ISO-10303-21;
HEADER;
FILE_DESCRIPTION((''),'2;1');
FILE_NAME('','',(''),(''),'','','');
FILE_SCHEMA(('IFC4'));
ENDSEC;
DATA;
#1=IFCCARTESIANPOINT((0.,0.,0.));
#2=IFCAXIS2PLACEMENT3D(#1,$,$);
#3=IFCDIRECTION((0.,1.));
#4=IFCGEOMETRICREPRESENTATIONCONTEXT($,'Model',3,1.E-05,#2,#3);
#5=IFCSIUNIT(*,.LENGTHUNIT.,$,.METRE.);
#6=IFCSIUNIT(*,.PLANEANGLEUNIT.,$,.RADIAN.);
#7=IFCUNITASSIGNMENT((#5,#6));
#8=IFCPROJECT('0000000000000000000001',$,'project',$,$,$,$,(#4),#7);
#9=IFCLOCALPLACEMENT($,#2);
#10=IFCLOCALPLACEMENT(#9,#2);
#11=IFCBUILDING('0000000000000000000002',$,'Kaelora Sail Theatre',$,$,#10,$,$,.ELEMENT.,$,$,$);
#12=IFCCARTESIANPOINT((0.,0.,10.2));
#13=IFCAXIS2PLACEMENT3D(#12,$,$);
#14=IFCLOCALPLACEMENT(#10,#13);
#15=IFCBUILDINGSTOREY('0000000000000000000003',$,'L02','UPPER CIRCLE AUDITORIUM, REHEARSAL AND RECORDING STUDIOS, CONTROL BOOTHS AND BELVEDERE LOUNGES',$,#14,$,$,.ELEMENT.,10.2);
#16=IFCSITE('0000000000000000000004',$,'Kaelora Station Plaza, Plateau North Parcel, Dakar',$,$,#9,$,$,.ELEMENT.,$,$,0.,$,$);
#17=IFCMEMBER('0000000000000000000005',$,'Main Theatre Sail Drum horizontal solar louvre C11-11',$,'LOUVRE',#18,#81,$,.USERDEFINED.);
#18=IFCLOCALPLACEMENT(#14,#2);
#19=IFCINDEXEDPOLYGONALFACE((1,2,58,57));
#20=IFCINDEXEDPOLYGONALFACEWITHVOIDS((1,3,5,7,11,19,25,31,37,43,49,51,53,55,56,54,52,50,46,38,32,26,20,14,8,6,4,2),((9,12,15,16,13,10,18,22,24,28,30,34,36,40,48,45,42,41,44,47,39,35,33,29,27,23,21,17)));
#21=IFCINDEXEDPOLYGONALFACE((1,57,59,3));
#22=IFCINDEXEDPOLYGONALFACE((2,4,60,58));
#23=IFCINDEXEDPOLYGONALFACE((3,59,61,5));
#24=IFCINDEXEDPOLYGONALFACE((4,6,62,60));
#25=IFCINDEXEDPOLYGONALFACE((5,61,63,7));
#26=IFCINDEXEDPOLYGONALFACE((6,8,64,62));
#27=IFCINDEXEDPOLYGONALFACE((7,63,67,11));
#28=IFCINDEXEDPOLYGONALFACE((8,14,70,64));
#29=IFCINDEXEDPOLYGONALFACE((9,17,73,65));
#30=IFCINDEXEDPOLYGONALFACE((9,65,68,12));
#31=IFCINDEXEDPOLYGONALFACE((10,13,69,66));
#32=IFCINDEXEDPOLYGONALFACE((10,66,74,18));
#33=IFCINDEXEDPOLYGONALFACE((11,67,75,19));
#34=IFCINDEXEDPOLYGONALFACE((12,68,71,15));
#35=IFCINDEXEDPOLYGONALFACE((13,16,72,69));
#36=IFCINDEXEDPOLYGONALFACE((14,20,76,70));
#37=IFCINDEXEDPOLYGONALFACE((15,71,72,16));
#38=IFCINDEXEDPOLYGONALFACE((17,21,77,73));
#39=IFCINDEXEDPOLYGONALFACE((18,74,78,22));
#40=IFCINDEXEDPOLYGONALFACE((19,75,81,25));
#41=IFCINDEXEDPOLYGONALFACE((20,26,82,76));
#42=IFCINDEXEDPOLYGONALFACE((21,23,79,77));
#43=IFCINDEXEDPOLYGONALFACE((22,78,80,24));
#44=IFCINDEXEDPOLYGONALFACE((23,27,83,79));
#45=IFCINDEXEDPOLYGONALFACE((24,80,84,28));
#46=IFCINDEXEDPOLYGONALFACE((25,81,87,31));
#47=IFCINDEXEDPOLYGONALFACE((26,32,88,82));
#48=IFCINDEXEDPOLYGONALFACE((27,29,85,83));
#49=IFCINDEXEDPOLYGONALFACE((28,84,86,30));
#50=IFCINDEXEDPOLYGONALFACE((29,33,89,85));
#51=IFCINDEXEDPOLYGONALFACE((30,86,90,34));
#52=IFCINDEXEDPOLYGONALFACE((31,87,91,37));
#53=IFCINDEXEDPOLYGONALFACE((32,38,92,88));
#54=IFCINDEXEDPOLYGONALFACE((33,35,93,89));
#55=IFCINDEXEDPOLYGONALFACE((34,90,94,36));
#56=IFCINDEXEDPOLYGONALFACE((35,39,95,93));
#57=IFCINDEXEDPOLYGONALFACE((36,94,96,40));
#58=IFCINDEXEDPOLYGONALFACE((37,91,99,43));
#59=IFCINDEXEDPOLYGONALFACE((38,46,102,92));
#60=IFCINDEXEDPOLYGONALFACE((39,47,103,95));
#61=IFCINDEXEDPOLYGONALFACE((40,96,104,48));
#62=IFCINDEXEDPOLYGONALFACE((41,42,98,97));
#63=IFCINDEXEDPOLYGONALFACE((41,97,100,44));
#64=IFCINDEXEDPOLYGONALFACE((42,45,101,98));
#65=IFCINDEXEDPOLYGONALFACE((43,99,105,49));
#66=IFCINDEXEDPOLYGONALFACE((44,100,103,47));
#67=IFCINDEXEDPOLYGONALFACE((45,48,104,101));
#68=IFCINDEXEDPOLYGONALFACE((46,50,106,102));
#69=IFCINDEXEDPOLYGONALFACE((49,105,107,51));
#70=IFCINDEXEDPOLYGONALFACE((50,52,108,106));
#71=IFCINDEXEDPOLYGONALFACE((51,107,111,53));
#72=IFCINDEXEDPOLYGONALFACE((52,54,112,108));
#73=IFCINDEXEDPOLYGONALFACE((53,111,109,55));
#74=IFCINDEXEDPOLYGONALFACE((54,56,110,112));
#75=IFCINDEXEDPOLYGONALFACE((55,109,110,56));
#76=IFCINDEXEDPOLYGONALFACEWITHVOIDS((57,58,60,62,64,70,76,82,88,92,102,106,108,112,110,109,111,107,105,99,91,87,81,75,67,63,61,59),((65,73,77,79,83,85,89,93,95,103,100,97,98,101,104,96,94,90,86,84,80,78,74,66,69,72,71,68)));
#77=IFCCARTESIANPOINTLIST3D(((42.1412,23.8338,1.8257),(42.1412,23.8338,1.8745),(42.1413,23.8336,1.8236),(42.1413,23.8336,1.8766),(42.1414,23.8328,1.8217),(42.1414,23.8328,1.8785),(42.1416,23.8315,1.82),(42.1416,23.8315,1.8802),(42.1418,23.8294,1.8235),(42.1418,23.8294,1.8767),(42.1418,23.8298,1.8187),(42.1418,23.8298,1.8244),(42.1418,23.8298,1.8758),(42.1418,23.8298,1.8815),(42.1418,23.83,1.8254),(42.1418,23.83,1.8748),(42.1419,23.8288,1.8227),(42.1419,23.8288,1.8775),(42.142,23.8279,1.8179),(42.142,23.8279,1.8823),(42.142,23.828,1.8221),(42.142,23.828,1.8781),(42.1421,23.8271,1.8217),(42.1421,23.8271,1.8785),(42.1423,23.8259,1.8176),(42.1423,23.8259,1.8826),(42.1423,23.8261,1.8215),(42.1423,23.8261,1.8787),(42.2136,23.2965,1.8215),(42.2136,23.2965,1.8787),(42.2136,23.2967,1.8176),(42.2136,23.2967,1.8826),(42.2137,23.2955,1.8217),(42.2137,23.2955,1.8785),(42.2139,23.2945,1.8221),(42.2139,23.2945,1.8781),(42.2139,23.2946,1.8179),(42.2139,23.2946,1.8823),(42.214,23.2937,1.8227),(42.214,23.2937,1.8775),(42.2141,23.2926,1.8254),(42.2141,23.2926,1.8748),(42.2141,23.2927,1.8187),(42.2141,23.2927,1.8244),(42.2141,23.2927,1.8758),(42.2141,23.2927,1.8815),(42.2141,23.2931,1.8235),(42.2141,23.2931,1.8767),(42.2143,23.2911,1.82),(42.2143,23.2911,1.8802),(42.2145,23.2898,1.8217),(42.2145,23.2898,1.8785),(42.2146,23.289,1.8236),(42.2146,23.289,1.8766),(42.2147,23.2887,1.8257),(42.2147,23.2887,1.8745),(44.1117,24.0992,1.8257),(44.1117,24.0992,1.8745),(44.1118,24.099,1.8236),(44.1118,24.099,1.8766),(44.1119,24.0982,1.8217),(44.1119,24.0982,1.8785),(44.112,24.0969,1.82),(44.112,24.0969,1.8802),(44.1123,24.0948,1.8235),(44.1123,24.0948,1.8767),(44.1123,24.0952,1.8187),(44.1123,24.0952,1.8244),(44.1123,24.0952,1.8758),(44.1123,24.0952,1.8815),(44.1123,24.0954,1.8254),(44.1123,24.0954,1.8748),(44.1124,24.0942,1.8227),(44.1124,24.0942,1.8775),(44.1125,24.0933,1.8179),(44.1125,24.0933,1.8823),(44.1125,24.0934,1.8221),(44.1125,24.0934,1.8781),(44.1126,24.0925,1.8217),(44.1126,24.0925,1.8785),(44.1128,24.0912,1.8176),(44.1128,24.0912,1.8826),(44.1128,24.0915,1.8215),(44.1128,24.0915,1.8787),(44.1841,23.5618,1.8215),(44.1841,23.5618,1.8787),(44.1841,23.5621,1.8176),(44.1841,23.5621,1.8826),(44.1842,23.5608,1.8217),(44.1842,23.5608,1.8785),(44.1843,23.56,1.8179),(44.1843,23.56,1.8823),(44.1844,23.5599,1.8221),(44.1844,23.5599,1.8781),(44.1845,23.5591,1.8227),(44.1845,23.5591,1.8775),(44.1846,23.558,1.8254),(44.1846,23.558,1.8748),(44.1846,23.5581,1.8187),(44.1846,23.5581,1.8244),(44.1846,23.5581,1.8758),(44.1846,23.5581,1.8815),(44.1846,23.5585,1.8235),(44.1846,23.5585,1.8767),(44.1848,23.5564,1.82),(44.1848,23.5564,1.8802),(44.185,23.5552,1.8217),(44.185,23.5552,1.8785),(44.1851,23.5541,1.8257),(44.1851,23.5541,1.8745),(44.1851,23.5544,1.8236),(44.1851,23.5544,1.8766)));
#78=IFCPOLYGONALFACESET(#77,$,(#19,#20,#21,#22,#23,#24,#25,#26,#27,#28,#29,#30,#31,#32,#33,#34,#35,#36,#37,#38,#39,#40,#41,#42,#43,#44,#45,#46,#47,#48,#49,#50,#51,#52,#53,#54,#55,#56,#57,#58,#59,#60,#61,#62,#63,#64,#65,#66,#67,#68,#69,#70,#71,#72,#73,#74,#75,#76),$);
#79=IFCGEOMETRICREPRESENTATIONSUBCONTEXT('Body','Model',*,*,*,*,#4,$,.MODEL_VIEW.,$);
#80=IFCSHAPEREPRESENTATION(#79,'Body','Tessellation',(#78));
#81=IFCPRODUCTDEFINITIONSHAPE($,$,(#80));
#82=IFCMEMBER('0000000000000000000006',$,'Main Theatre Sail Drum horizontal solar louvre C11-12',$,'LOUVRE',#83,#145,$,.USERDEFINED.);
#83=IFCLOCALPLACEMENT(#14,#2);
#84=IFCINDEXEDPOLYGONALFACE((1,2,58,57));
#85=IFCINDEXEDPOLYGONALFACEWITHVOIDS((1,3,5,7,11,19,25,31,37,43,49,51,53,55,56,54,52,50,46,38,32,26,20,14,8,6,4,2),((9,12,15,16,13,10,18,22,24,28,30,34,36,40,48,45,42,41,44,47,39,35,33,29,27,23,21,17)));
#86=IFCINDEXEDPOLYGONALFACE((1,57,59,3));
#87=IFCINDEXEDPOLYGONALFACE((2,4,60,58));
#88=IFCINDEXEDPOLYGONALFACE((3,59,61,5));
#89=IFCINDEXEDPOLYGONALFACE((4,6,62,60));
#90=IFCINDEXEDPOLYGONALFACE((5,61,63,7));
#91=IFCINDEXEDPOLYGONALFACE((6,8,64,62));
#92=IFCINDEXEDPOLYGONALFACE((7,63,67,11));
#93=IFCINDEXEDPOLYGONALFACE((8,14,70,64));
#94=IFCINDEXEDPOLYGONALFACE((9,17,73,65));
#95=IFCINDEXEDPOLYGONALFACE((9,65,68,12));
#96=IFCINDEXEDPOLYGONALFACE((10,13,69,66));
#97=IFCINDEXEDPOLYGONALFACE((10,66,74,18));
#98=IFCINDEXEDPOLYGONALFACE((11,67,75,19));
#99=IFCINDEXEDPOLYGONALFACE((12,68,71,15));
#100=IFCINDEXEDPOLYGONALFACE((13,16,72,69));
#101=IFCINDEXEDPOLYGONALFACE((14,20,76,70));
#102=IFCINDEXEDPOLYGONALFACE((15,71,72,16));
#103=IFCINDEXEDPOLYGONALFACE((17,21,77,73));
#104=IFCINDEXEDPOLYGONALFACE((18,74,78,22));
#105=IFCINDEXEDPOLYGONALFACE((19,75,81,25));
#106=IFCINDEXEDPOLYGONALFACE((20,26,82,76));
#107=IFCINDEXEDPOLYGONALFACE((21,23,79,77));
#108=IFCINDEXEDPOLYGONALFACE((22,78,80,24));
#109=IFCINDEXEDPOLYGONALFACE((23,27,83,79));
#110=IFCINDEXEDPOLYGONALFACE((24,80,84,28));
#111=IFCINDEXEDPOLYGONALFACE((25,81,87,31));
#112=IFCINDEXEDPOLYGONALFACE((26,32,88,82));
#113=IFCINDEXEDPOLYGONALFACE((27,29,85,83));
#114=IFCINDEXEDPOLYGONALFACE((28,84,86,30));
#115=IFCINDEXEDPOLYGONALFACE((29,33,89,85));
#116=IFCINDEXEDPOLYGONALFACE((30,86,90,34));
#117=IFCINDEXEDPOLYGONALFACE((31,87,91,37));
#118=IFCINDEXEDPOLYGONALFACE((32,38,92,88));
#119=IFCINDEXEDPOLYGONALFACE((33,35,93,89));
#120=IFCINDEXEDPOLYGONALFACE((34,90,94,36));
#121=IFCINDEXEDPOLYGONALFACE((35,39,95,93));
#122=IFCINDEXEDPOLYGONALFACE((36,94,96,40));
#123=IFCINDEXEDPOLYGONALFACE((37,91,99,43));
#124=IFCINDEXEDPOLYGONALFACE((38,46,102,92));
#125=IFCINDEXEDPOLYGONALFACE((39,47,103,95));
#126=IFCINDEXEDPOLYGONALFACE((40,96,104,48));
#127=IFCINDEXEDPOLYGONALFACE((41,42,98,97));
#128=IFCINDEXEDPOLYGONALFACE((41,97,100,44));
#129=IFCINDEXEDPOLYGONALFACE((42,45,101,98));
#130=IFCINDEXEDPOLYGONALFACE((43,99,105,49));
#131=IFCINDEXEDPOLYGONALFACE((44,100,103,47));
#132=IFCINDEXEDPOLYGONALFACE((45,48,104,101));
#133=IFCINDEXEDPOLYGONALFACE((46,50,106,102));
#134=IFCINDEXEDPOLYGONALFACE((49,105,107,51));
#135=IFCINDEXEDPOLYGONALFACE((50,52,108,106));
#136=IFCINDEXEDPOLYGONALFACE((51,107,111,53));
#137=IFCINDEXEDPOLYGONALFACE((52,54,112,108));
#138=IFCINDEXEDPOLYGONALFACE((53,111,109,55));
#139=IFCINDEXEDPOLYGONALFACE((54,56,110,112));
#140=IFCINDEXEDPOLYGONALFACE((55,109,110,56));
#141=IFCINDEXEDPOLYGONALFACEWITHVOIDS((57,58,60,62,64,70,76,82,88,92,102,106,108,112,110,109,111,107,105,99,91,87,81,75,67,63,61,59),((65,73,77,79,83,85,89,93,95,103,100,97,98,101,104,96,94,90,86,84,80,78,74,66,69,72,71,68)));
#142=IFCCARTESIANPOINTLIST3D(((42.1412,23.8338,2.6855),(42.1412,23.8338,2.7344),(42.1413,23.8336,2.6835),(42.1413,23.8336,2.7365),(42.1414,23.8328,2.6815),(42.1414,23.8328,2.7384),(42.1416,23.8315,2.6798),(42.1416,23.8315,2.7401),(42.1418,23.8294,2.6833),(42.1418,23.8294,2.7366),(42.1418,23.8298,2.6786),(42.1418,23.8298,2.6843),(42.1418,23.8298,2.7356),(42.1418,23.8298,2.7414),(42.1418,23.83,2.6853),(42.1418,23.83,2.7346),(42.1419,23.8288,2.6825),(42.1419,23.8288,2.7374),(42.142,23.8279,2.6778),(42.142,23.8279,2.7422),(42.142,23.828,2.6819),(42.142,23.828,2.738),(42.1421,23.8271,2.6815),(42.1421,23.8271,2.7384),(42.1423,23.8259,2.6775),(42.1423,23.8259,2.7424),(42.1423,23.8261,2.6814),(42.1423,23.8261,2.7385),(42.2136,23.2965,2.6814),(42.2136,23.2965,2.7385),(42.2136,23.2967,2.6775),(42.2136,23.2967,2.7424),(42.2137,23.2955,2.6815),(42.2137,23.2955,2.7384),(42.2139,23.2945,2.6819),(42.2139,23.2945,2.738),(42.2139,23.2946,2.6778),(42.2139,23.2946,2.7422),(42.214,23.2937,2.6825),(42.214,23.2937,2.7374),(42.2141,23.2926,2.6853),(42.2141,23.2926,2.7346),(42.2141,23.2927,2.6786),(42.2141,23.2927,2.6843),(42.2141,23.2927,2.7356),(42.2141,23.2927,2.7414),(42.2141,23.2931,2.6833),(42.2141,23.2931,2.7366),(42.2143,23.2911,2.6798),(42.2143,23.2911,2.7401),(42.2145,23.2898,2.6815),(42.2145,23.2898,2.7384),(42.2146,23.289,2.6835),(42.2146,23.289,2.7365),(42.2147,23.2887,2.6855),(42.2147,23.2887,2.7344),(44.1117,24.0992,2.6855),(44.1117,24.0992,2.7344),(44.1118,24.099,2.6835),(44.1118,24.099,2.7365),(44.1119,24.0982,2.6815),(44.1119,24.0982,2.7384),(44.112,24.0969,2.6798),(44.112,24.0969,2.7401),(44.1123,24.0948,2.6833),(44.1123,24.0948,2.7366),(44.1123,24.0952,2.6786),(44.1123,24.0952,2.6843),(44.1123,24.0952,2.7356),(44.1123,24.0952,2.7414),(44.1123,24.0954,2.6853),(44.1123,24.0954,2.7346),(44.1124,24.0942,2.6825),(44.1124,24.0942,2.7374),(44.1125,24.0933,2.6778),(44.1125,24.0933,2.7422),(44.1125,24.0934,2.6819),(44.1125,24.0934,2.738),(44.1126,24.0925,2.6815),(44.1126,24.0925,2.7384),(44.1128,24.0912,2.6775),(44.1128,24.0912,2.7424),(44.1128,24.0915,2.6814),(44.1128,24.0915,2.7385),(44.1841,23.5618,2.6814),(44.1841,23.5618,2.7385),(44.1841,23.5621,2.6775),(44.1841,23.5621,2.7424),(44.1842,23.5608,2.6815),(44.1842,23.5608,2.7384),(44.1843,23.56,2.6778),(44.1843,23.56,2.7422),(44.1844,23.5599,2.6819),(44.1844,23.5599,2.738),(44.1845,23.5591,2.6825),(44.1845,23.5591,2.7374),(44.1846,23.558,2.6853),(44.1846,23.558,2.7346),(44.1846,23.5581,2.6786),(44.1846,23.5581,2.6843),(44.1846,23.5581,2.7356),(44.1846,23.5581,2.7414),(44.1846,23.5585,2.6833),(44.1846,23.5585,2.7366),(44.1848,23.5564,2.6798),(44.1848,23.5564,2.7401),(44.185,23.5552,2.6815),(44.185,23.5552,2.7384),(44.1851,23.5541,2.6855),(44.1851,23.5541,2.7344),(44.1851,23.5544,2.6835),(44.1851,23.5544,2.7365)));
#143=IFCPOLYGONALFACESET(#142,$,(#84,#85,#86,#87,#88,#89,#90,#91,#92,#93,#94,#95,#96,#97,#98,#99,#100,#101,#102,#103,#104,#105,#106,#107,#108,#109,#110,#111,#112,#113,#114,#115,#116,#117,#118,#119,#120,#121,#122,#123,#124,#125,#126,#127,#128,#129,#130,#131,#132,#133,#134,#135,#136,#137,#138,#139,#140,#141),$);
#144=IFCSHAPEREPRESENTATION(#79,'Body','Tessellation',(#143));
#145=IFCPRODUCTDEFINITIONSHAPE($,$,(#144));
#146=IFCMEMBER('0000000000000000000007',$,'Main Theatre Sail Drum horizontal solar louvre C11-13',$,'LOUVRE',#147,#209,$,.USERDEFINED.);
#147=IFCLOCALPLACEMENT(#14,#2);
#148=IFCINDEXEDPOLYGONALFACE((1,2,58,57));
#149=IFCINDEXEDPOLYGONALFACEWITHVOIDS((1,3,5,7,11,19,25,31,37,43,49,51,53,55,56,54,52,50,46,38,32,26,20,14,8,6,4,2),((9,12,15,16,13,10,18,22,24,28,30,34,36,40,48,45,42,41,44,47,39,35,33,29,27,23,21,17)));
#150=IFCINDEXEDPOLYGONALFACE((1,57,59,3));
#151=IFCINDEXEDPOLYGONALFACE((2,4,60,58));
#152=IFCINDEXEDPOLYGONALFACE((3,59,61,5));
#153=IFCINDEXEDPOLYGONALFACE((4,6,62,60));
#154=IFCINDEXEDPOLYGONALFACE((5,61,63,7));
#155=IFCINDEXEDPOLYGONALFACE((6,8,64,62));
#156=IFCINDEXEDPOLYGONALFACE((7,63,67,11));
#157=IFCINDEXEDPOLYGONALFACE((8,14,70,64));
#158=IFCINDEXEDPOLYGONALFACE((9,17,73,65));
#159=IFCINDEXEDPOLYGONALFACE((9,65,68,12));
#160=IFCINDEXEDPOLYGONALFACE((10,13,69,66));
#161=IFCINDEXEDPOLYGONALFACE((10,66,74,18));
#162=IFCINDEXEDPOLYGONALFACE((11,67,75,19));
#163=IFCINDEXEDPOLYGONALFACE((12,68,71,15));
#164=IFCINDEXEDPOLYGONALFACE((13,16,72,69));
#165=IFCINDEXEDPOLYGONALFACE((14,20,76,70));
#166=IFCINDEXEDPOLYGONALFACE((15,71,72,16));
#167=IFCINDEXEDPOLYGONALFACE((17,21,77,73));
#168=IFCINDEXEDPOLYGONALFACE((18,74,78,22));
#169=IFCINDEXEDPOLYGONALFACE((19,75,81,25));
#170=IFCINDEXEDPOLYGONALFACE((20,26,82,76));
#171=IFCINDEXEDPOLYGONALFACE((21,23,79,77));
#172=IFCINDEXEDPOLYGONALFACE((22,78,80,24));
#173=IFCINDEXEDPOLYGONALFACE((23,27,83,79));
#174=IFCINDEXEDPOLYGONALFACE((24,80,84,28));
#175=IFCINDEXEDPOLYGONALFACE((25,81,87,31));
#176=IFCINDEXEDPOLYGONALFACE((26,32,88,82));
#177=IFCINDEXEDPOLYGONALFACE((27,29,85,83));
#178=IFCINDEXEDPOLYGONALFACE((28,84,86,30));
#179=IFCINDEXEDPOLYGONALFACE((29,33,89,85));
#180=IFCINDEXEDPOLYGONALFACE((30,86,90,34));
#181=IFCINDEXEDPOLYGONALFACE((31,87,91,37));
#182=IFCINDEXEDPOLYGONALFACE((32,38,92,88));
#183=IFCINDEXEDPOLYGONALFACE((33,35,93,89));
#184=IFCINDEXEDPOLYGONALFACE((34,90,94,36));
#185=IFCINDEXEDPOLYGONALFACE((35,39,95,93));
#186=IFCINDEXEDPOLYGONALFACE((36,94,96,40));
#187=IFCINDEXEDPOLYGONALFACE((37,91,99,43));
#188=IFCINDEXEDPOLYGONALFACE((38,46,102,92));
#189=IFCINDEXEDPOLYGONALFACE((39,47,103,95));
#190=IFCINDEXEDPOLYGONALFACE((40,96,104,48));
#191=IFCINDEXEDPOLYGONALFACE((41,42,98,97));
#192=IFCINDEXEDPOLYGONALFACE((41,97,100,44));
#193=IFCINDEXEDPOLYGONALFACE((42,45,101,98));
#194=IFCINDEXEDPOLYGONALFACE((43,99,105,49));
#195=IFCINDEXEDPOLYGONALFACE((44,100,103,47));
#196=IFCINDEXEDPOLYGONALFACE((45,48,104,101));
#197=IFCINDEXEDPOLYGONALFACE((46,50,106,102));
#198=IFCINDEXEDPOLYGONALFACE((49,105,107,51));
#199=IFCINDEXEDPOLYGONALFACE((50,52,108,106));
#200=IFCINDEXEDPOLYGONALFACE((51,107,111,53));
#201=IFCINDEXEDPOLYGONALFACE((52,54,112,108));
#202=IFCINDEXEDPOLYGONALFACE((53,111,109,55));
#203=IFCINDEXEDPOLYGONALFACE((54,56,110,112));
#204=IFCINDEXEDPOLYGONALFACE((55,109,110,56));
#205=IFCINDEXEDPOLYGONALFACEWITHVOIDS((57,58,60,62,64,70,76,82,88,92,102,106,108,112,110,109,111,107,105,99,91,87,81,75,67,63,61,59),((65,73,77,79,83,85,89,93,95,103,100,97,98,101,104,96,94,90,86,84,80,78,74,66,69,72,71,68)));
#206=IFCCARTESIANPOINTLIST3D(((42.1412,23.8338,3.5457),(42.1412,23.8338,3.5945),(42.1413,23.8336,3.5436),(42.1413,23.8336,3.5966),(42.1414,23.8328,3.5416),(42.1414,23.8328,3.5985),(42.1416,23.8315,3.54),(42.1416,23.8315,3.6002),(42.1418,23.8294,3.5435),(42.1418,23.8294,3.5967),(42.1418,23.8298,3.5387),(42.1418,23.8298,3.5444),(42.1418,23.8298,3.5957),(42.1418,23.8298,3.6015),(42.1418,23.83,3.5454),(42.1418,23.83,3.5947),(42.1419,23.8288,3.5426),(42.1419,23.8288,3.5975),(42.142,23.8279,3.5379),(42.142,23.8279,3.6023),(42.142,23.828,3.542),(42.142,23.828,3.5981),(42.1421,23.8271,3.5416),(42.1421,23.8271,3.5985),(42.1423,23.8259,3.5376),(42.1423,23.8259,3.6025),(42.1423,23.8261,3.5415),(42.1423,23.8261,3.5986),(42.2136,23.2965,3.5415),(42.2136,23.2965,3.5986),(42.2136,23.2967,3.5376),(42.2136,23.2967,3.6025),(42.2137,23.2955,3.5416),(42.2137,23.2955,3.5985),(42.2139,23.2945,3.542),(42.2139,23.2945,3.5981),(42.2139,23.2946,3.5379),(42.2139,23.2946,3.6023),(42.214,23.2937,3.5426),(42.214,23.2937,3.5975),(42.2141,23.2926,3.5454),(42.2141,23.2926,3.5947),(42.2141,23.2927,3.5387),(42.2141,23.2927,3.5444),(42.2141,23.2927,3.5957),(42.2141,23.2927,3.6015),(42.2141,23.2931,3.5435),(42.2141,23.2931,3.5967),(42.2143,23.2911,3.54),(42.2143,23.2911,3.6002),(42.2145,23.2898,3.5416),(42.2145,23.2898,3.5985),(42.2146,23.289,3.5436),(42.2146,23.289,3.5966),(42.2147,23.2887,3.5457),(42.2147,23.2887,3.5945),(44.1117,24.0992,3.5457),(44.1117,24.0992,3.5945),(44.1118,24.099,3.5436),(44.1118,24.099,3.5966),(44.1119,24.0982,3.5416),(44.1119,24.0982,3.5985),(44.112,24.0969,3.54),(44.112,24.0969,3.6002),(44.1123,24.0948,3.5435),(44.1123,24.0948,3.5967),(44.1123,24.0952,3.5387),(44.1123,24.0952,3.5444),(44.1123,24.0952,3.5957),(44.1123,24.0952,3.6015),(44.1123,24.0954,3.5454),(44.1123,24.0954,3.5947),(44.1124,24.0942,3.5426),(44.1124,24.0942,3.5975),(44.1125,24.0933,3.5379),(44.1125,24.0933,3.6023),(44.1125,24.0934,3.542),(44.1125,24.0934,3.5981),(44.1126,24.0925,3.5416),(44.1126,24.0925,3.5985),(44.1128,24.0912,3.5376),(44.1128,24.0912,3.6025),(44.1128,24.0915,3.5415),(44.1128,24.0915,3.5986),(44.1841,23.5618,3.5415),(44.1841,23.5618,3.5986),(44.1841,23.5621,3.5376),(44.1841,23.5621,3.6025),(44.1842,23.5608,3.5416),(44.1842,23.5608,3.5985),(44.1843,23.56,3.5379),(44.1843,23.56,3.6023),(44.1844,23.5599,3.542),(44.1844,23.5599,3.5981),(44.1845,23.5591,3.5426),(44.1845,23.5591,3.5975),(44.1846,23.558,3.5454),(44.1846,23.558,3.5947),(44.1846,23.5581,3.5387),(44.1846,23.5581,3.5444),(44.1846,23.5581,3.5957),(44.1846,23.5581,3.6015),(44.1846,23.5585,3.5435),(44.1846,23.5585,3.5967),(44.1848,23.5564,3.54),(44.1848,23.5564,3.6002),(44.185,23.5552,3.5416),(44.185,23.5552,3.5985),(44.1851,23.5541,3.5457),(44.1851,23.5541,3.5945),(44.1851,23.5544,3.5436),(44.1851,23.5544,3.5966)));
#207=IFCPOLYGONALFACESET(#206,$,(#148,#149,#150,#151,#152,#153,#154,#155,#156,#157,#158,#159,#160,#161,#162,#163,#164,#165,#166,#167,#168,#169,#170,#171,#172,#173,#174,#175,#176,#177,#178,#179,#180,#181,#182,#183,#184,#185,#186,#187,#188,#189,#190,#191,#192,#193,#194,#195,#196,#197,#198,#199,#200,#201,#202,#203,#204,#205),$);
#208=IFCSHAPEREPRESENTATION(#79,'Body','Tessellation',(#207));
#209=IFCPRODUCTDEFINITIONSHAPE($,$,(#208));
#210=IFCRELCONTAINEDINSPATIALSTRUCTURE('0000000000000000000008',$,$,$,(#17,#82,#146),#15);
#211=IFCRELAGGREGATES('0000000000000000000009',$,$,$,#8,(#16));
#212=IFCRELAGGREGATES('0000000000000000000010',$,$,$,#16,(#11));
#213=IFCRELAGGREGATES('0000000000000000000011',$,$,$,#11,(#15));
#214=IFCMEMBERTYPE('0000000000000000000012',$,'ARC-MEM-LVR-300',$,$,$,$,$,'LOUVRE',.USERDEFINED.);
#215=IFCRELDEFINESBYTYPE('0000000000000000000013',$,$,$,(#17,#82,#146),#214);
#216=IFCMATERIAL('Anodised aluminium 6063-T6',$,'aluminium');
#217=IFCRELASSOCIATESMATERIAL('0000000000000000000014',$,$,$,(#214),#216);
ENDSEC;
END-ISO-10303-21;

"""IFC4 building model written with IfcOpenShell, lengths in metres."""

from ifc_helpers import new_model, si_unit, direction, frame, origin, origin_2d, place, context, subcontext, project, spatial, hollow_rectangle, extrude, material, material_profile, profile_set, type_object, element, save


model = new_model("IFC4")

# Units and contexts
model_context = context("Model", 3, precision=1e-05, world=origin(), true_north=direction((0.0, 1.0)))
body_context = subcontext(model_context, "Body", "Model", "MODEL_VIEW")
ifc_project = project(units=[si_unit("LENGTHUNIT", "METRE"), si_unit("PLANEANGLEUNIT", "RADIAN")], contexts=[model_context])

# Site, building, storey
site_placement = place(None, origin())
site = spatial("IfcSite", under=ifc_project, at=site_placement, Name="Kaelora Station Plaza, Plateau North Parcel, Dakar", CompositionType="ELEMENT", RefElevation=0.0)
building_placement = place(site_placement, origin())
building = spatial("IfcBuilding", under=site, at=building_placement, Name="Kaelora Sail Theatre", CompositionType="ELEMENT")
storey_placement = place(building_placement, frame((0.0, 0.0, 10.2)))
storey = spatial("IfcBuildingStorey", under=building, at=storey_placement, Name="L02", Description="UPPER CIRCLE AUDITORIUM, REHEARSAL AND RECORDING STUDIOS, CONTROL BOOTHS AND BELVEDERE LOUNGES", CompositionType="ELEMENT", Elevation=10.2)

# Members
ifc_material_1 = material(Name="Anodised aluminium 6063-T6", Category="aluminium")
ifc_material_profile_1 = material_profile(ifc_material_1, hollow_rectangle(XDim=0.55, YDim=0.0649, WallThickness=0.0039, InnerFilletRadius=0.0039, OuterFilletRadius=0.0081, at=origin_2d()), Name="LOUVRE 550x65x4")
ifc_profile_set_1 = profile_set([ifc_material_profile_1], Name="Anodised aluminium 6063-T6")
member_type = type_object("IfcMemberType", Name="ARC-MEM-LVR-300", ElementType="LOUVRE", PredefinedType="USERDEFINED", material=ifc_profile_set_1)
for number, where, z_axis, x_axis, name in (
    (1, (44.1484, 23.8267, 1.8501), (-0.991052, -0.133475, 0.0), (0.133475, -0.991052, 0.0), "Main Theatre Sail Drum horizontal solar louvre C11-11"),
    (2, (44.1484, 23.8267, 2.71), (-0.991052, -0.133475, 0.0), (0.133475, -0.991052, 0.0), "Main Theatre Sail Drum horizontal solar louvre C11-12"),
    (3, (44.1484, 23.8267, 3.5701), (-0.991052, -0.133475, 0.0), (0.133475, -0.991052, 0.0), "Main Theatre Sail Drum horizontal solar louvre C11-13"),
):
    element("IfcMember", number, at=place(storey_placement, frame(where, z_axis=z_axis, x_axis=x_axis)), inside=storey, type_object=member_type, Name=name, ObjectType="LOUVRE", PredefinedType="USERDEFINED", context=body_context, shape_type="SweptSolid", body=[
        extrude(hollow_rectangle(XDim=0.55, YDim=0.0649, WallThickness=0.0039, InnerFilletRadius=0.0039, OuterFilletRadius=0.0081, at=origin_2d()), origin(), (0.0, 0.0, 1.0), 1.9883),
    ])

save(model, "model.ifc")
